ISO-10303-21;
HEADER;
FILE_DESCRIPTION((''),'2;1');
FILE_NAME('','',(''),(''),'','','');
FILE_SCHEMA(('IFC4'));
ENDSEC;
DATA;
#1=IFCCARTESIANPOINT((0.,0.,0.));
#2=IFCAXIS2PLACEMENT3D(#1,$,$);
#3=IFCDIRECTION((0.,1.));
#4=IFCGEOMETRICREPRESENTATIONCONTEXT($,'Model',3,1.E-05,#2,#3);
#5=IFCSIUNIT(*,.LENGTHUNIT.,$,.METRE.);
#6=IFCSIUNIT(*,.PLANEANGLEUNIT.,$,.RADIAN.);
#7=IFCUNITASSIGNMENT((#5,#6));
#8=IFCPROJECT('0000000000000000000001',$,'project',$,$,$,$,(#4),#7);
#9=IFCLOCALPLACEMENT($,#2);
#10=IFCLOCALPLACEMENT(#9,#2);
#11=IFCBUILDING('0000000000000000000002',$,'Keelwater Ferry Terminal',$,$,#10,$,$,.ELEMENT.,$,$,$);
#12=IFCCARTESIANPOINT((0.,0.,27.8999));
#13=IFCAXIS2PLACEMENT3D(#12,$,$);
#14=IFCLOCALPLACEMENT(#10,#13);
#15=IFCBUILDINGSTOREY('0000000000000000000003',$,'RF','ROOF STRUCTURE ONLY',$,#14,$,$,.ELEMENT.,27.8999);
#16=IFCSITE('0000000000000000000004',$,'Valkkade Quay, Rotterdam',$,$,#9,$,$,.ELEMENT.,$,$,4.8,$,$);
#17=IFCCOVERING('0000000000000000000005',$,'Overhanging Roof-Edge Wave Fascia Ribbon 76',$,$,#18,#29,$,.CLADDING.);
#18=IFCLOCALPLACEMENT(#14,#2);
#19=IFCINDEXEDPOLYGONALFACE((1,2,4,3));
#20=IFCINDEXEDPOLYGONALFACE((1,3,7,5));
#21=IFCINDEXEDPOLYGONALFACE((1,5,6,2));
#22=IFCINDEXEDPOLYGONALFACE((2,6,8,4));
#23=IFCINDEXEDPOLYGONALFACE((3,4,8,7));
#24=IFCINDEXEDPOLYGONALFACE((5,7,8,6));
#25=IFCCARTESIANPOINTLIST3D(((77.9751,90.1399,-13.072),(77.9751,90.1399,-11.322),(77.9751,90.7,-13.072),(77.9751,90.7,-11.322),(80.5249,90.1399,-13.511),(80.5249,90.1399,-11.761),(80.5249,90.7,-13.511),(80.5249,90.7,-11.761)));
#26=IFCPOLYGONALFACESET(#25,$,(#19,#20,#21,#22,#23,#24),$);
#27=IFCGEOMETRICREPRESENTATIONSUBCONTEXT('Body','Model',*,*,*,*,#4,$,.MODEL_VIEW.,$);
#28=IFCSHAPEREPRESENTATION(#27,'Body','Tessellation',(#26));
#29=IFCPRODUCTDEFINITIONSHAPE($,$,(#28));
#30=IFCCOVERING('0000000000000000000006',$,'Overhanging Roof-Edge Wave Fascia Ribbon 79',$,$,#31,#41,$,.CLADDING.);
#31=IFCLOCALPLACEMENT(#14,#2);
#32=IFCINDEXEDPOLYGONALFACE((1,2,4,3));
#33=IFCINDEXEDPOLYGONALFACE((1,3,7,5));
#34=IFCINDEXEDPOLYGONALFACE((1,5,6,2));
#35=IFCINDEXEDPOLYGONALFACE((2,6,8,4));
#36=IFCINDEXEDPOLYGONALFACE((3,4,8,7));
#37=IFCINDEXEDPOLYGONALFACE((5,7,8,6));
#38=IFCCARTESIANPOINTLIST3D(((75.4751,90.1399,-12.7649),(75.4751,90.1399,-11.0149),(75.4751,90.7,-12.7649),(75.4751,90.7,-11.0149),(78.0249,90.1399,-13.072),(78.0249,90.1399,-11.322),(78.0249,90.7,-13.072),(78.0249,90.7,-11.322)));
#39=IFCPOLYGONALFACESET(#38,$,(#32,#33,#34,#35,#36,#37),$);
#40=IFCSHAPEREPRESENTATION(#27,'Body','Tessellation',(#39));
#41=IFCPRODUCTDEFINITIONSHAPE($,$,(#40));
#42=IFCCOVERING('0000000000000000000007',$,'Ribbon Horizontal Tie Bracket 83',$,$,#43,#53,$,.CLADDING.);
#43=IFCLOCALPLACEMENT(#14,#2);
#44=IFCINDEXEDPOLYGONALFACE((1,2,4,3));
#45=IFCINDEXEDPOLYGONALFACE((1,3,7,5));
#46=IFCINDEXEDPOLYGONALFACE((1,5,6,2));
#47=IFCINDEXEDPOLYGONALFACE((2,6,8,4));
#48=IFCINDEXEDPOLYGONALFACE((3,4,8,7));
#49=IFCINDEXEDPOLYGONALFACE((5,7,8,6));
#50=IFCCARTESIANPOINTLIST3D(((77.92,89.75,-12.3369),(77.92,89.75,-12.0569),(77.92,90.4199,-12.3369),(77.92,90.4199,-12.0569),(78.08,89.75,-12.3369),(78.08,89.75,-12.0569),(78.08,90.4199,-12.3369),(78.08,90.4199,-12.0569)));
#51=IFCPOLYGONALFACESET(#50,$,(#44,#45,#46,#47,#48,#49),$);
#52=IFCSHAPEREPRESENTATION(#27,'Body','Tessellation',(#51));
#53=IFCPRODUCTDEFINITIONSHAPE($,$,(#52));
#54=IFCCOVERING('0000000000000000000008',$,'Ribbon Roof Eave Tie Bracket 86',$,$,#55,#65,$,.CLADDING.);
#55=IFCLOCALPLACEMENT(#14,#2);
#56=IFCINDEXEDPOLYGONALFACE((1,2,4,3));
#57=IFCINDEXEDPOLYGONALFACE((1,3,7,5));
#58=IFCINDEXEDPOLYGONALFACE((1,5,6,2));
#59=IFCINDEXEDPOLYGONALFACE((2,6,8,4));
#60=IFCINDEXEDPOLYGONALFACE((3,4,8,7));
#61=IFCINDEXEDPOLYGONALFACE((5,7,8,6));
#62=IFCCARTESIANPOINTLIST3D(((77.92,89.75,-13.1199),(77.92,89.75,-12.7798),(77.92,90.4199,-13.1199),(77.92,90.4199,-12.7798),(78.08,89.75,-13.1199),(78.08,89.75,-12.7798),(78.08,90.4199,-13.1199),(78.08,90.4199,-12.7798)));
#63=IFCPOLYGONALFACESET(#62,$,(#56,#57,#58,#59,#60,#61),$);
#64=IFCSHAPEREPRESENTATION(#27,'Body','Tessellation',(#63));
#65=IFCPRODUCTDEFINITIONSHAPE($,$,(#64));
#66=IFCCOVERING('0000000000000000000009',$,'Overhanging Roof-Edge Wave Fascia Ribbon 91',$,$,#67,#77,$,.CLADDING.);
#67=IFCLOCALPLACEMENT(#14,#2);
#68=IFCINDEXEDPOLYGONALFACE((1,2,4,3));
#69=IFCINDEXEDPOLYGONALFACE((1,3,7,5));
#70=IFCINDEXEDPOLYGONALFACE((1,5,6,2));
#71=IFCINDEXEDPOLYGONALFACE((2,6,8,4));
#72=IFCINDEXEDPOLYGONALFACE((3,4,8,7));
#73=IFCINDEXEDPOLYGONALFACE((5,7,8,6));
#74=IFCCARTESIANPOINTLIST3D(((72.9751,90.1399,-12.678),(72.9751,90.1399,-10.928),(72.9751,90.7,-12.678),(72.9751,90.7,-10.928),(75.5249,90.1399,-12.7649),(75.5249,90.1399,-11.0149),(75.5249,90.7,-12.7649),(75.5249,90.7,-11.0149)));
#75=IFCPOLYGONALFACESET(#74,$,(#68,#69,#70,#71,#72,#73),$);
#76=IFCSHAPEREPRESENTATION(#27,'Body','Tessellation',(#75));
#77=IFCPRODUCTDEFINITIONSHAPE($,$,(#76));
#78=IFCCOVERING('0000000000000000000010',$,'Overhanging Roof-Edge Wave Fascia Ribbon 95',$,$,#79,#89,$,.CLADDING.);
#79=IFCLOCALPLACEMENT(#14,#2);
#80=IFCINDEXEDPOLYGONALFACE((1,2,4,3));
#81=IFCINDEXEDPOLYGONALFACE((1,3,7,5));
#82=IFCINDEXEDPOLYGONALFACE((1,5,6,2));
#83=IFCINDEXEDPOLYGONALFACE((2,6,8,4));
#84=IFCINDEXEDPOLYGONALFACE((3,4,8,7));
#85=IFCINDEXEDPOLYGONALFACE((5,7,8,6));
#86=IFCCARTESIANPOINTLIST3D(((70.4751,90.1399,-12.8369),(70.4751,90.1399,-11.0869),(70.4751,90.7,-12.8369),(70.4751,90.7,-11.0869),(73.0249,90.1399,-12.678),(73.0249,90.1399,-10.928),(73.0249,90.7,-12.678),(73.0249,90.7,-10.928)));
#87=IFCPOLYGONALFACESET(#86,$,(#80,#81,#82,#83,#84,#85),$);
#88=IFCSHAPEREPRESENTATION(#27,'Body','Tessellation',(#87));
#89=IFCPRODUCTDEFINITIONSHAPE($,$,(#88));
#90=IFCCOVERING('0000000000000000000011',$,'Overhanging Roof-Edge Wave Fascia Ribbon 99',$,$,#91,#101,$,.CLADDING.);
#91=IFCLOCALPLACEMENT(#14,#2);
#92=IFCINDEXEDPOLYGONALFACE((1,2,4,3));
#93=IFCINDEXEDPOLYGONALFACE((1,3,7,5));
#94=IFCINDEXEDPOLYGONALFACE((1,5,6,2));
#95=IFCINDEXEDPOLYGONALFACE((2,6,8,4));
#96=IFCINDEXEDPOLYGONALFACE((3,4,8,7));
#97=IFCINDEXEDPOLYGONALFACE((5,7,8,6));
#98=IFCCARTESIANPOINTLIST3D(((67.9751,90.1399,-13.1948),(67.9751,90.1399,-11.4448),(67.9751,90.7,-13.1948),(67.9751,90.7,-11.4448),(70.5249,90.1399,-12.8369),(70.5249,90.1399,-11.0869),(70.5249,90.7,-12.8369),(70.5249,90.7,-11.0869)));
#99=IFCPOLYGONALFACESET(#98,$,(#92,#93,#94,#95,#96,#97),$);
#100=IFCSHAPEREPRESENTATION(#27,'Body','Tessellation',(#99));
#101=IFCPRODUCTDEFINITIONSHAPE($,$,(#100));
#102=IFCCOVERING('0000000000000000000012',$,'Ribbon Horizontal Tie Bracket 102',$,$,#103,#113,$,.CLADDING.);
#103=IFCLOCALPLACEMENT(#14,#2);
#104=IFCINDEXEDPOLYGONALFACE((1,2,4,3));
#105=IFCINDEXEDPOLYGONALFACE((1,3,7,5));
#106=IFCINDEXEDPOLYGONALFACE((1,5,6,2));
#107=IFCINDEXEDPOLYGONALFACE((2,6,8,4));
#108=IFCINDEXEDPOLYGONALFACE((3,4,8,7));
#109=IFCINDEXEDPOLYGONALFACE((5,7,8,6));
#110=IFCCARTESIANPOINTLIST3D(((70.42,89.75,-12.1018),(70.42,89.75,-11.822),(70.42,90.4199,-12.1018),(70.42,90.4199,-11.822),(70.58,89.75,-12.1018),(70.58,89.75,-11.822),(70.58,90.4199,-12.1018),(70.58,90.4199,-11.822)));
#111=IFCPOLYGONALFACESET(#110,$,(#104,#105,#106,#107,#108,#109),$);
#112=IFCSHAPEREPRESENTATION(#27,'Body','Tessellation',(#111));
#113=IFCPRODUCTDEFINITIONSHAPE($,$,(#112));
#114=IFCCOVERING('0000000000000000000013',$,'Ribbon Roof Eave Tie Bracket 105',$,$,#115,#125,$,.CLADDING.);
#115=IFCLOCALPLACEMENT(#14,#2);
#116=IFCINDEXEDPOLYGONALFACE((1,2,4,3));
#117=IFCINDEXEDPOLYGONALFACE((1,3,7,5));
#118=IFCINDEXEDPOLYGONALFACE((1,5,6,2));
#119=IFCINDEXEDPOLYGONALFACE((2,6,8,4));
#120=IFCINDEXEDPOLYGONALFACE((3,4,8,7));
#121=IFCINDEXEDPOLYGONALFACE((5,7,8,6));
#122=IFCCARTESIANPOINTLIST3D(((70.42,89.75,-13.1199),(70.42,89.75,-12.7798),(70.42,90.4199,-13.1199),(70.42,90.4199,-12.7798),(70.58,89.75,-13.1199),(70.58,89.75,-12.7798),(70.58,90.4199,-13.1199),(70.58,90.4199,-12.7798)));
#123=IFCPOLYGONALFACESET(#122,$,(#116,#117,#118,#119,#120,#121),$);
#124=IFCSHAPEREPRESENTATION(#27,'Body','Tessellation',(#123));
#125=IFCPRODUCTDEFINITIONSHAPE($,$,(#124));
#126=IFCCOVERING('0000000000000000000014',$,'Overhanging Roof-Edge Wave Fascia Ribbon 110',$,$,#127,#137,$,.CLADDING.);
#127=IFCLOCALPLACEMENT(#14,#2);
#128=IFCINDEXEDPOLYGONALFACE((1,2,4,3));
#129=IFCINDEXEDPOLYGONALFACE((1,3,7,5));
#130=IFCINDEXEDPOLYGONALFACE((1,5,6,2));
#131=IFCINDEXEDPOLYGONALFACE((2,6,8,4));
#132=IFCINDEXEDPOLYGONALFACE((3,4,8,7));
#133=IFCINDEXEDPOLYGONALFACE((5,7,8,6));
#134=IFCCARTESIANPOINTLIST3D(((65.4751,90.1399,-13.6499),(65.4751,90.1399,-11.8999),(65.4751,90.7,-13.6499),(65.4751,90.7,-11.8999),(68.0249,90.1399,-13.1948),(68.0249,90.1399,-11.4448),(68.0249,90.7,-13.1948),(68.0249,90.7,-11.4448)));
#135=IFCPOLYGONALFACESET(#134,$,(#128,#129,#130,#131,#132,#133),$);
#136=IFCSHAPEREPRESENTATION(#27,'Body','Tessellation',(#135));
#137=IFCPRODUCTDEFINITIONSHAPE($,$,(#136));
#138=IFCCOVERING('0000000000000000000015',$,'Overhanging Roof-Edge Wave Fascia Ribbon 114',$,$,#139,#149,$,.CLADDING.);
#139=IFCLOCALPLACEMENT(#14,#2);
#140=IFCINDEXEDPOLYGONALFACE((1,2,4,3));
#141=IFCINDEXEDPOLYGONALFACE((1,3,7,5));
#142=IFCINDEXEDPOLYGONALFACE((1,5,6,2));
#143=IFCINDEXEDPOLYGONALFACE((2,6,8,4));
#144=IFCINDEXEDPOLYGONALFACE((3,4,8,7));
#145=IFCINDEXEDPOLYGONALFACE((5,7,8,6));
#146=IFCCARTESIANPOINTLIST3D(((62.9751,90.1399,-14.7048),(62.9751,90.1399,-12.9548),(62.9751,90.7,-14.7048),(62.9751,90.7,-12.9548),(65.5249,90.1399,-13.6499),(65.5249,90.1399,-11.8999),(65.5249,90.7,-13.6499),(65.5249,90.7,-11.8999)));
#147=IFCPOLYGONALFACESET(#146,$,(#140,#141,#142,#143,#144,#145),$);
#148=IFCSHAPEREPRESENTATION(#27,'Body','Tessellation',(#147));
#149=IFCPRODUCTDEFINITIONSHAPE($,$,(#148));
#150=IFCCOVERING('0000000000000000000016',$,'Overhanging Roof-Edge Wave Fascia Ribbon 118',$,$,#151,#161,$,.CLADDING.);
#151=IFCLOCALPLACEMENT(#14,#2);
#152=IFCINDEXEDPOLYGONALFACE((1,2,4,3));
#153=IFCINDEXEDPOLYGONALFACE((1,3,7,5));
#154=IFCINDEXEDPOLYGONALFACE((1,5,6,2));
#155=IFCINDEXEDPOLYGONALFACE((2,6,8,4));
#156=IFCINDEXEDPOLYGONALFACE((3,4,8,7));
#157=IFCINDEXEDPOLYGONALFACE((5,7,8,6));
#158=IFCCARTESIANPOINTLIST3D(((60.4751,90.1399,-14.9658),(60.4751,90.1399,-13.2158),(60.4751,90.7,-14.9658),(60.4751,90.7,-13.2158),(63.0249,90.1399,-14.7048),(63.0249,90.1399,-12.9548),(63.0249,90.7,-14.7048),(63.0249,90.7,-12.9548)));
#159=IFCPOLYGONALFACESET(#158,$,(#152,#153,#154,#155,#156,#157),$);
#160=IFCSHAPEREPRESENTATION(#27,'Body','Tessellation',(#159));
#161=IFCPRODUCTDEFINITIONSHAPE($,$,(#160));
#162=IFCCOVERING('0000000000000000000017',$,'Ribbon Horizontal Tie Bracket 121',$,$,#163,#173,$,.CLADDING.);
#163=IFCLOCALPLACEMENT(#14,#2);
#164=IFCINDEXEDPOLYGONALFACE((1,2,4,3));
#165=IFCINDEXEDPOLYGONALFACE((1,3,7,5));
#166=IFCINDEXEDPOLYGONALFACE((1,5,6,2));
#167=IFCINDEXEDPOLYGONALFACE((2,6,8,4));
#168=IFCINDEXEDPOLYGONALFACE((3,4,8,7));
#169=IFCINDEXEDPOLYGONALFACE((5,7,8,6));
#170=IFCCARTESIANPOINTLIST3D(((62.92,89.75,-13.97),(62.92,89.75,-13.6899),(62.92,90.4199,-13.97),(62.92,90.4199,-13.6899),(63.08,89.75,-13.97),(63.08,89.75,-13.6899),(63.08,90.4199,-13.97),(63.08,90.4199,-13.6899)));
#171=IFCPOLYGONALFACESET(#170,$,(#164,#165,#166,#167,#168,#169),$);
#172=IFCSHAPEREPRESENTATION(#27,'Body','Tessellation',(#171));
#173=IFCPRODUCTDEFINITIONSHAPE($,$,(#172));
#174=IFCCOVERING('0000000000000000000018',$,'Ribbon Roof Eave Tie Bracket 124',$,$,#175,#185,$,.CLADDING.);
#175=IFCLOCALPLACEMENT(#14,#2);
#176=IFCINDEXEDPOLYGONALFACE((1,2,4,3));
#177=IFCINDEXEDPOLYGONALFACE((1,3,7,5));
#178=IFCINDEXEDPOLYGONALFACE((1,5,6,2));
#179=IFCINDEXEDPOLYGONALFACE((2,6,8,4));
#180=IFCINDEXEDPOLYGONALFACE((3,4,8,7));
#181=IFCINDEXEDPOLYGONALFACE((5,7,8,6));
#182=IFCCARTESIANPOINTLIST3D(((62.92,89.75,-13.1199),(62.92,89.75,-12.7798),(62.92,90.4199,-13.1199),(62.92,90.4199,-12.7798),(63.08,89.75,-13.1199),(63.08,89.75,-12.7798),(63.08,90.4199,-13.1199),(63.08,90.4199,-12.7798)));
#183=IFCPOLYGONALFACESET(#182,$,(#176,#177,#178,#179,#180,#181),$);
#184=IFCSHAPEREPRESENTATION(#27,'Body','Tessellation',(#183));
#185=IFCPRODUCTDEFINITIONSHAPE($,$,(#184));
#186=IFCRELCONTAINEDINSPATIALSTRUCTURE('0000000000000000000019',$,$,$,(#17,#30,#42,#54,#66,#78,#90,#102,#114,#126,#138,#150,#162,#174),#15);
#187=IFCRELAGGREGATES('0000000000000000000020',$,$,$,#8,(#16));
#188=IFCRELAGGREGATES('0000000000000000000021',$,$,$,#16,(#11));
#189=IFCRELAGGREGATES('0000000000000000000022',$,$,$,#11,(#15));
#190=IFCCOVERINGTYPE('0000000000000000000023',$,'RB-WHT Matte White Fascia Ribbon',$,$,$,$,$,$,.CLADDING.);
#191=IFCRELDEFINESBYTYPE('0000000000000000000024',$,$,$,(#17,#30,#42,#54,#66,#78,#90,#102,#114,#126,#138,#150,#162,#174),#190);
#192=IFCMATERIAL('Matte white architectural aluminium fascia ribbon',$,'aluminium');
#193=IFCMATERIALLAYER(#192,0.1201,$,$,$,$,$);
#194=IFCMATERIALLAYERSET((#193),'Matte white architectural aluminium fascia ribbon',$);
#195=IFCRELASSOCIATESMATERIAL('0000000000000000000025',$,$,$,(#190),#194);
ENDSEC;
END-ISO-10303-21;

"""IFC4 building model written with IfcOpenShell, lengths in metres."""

from ifc_helpers import new_model, si_unit, direction, frame, frame_2d, origin, place, context, subcontext, project, spatial, polyline, rectangle, outline, extrude, material, layer, layer_set, type_object, element, save


model = new_model("IFC4")

# Units and contexts
model_context = context("Model", 3, precision=1e-05, world=origin(), true_north=direction((0.0, 1.0)))
body_context = subcontext(model_context, "Body", "Model", "MODEL_VIEW")
ifc_project = project(units=[si_unit("LENGTHUNIT", "METRE"), si_unit("PLANEANGLEUNIT", "RADIAN")], contexts=[model_context])

# Site, building, storey
site_placement = place(None, origin())
site = spatial("IfcSite", under=ifc_project, at=site_placement, Name="Valkkade Quay, Rotterdam", CompositionType="ELEMENT", RefElevation=4.8)
building_placement = place(site_placement, origin())
building = spatial("IfcBuilding", under=site, at=building_placement, Name="Keelwater Ferry Terminal", CompositionType="ELEMENT")
storey_placement = place(building_placement, frame((0.0, 0.0, 27.8999)))
storey = spatial("IfcBuildingStorey", under=building, at=storey_placement, Name="RF", Description="ROOF STRUCTURE ONLY", CompositionType="ELEMENT", Elevation=27.8999)

# Coverings
ifc_material_1 = material(Name="Matte white architectural aluminium fascia ribbon", Category="aluminium")
ifc_layer_1 = layer(ifc_material_1, 0.1201)
ifc_layer_set_1 = layer_set([ifc_layer_1], Name="Matte white architectural aluminium fascia ribbon")
covering_type = type_object("IfcCoveringType", Name="RB-WHT Matte White Fascia Ribbon", PredefinedType="CLADDING", material=ifc_layer_set_1)
covering_1_placement = place(storey_placement, frame((80.5249, 90.4199, -13.511), z_axis=(0.0, 0.0, 1.0), x_axis=(-1.0, 0.0, 0.0)))
element("IfcCovering", 1, at=covering_1_placement, inside=storey, type_object=covering_type, Name="Overhanging Roof-Edge Wave Fascia Ribbon 76", PredefinedType="CLADDING", context=body_context, shape_type="SweptSolid", body=[
    extrude(outline(polyline([(0.0, 0.0), (2.5498, 0.439), (2.5498, 2.189), (0.0, 1.75), (0.0, 0.0)])), frame((0.0, 0.28, 0.0), z_axis=(0.0, -1.0, 0.0), x_axis=(1.0, 0.0, 0.0)), (0.0, 0.0, 1.0), 0.5601),
])
covering_2_placement = place(storey_placement, frame((78.0249, 90.4199, -13.072), z_axis=(0.0, 0.0, 1.0), x_axis=(-1.0, 0.0, 0.0)))
element("IfcCovering", 2, at=covering_2_placement, inside=storey, type_object=covering_type, Name="Overhanging Roof-Edge Wave Fascia Ribbon 79", PredefinedType="CLADDING", context=body_context, shape_type="SweptSolid", body=[
    extrude(outline(polyline([(0.0, 0.0), (2.5498, 0.3071), (2.5498, 2.0571), (0.0, 1.75), (0.0, 0.0)])), frame((0.0, 0.28, 0.0), z_axis=(0.0, -1.0, 0.0), x_axis=(1.0, 0.0, 0.0)), (0.0, 0.0, 1.0), 0.5601),
])
covering_3_placement = place(storey_placement, frame((78.0, 90.4199, -12.3369), z_axis=(0.0, 0.0, 1.0), x_axis=(0.0, -1.0, 0.0)))
element("IfcCovering", 3, at=covering_3_placement, inside=storey, type_object=covering_type, Name="Ribbon Horizontal Tie Bracket 83", PredefinedType="CLADDING", context=body_context, shape_type="SweptSolid", body=[
    extrude(rectangle(XDim=0.6699, YDim=0.1599, at=frame_2d((0.335, 0.0))), origin(), (0.0, 0.0, 1.0), 0.28),
])
covering_4_placement = place(storey_placement, frame((78.0, 90.4199, -13.1199), z_axis=(0.0, 0.0, 1.0), x_axis=(0.0, -1.0, 0.0)))
element("IfcCovering", 4, at=covering_4_placement, inside=storey, type_object=covering_type, Name="Ribbon Roof Eave Tie Bracket 86", PredefinedType="CLADDING", context=body_context, shape_type="SweptSolid", body=[
    extrude(rectangle(XDim=0.6699, YDim=0.1599, at=frame_2d((0.335, 0.0))), origin(), (0.0, 0.0, 1.0), 0.3401),
])
covering_5_placement = place(storey_placement, frame((75.5249, 90.4199, -12.7649), z_axis=(0.0, 0.0, 1.0), x_axis=(-1.0, 0.0, 0.0)))
element("IfcCovering", 5, at=covering_5_placement, inside=storey, type_object=covering_type, Name="Overhanging Roof-Edge Wave Fascia Ribbon 91", PredefinedType="CLADDING", context=body_context, shape_type="SweptSolid", body=[
    extrude(outline(polyline([(0.0, 0.0), (2.5498, 0.0869), (2.5498, 1.8369), (0.0, 1.75), (0.0, 0.0)])), frame((0.0, 0.28, 0.0), z_axis=(0.0, -1.0, 0.0), x_axis=(1.0, 0.0, 0.0)), (0.0, 0.0, 1.0), 0.5601),
])
covering_6_placement = place(storey_placement, frame((73.0249, 90.4199, -12.8369), z_axis=(0.0, 0.0, 1.0), x_axis=(-1.0, 0.0, 0.0)))
element("IfcCovering", 6, at=covering_6_placement, inside=storey, type_object=covering_type, Name="Overhanging Roof-Edge Wave Fascia Ribbon 95", PredefinedType="CLADDING", context=body_context, shape_type="SweptSolid", body=[
    extrude(outline(polyline([(0.0, 0.1589), (2.5498, 0.0), (2.5498, 1.75), (0.0, 1.9089), (0.0, 0.1589)])), frame((0.0, 0.28, 0.0), z_axis=(0.0, -1.0, 0.0), x_axis=(1.0, 0.0, 0.0)), (0.0, 0.0, 1.0), 0.5601),
])
covering_7_placement = place(storey_placement, frame((70.5249, 90.4199, -13.1948), z_axis=(0.0, 0.0, 1.0), x_axis=(-1.0, 0.0, 0.0)))
element("IfcCovering", 7, at=covering_7_placement, inside=storey, type_object=covering_type, Name="Overhanging Roof-Edge Wave Fascia Ribbon 99", PredefinedType="CLADDING", context=body_context, shape_type="SweptSolid", body=[
    extrude(outline(polyline([(0.0, 0.3579), (2.5498, 0.0), (2.5498, 1.75), (0.0, 2.1079), (0.0, 0.3579)])), frame((0.0, 0.28, 0.0), z_axis=(0.0, -1.0, 0.0), x_axis=(1.0, 0.0, 0.0)), (0.0, 0.0, 1.0), 0.5601),
])
covering_8_placement = place(storey_placement, frame((70.5, 90.4199, -12.1018), z_axis=(0.0, 0.0, 1.0), x_axis=(0.0, -1.0, 0.0)))
element("IfcCovering", 8, at=covering_8_placement, inside=storey, type_object=covering_type, Name="Ribbon Horizontal Tie Bracket 102", PredefinedType="CLADDING", context=body_context, shape_type="SweptSolid", body=[
    extrude(rectangle(XDim=0.6699, YDim=0.1599, at=frame_2d((0.335, 0.0))), origin(), (0.0, 0.0, 1.0), 0.2798),
])
covering_9_placement = place(storey_placement, frame((70.5, 90.4199, -13.1199), z_axis=(0.0, 0.0, 1.0), x_axis=(0.0, -1.0, 0.0)))
element("IfcCovering", 9, at=covering_9_placement, inside=storey, type_object=covering_type, Name="Ribbon Roof Eave Tie Bracket 105", PredefinedType="CLADDING", context=body_context, shape_type="SweptSolid", body=[
    extrude(rectangle(XDim=0.6699, YDim=0.1599, at=frame_2d((0.335, 0.0))), origin(), (0.0, 0.0, 1.0), 0.3401),
])
covering_10_placement = place(storey_placement, frame((68.0249, 90.4199, -13.6499), z_axis=(0.0, 0.0, 1.0), x_axis=(-1.0, 0.0, 0.0)))
element("IfcCovering", 10, at=covering_10_placement, inside=storey, type_object=covering_type, Name="Overhanging Roof-Edge Wave Fascia Ribbon 110", PredefinedType="CLADDING", context=body_context, shape_type="SweptSolid", body=[
    extrude(outline(polyline([(0.0, 0.4551), (2.5498, 0.0), (2.5498, 1.75), (0.0, 2.2051), (0.0, 0.4551)])), frame((0.0, 0.28, 0.0), z_axis=(0.0, -1.0, 0.0), x_axis=(1.0, 0.0, 0.0)), (0.0, 0.0, 1.0), 0.5601),
])
covering_11_placement = place(storey_placement, frame((65.5249, 90.4199, -14.7048), z_axis=(0.0, 0.0, 1.0), x_axis=(-1.0, 0.0, 0.0)))
element("IfcCovering", 11, at=covering_11_placement, inside=storey, type_object=covering_type, Name="Overhanging Roof-Edge Wave Fascia Ribbon 114", PredefinedType="CLADDING", context=body_context, shape_type="SweptSolid", body=[
    extrude(outline(polyline([(0.0, 1.0549), (2.5498, 0.0), (2.5498, 1.75), (0.0, 2.8049), (0.0, 1.0549)])), frame((0.0, 0.28, 0.0), z_axis=(0.0, -1.0, 0.0), x_axis=(1.0, 0.0, 0.0)), (0.0, 0.0, 1.0), 0.5601),
])
covering_12_placement = place(storey_placement, frame((63.0249, 90.4199, -14.9658), z_axis=(0.0, 0.0, 1.0), x_axis=(-1.0, 0.0, 0.0)))
element("IfcCovering", 12, at=covering_12_placement, inside=storey, type_object=covering_type, Name="Overhanging Roof-Edge Wave Fascia Ribbon 118", PredefinedType="CLADDING", context=body_context, shape_type="SweptSolid", body=[
    extrude(outline(polyline([(0.0, 0.261), (2.5498, 0.0), (2.5498, 1.75), (0.0, 2.011), (0.0, 0.261)])), frame((0.0, 0.28, 0.0), z_axis=(0.0, -1.0, 0.0), x_axis=(1.0, 0.0, 0.0)), (0.0, 0.0, 1.0), 0.5601),
])
covering_13_placement = place(storey_placement, frame((63.0, 90.4199, -13.97), z_axis=(0.0, 0.0, 1.0), x_axis=(0.0, -1.0, 0.0)))
element("IfcCovering", 13, at=covering_13_placement, inside=storey, type_object=covering_type, Name="Ribbon Horizontal Tie Bracket 121", PredefinedType="CLADDING", context=body_context, shape_type="SweptSolid", body=[
    extrude(rectangle(XDim=0.6699, YDim=0.1599, at=frame_2d((0.335, 0.0))), origin(), (0.0, 0.0, 1.0), 0.28),
])
covering_14_placement = place(storey_placement, frame((63.0, 90.4199, -13.1199), z_axis=(0.0, 0.0, 1.0), x_axis=(0.0, -1.0, 0.0)))
element("IfcCovering", 14, at=covering_14_placement, inside=storey, type_object=covering_type, Name="Ribbon Roof Eave Tie Bracket 124", PredefinedType="CLADDING", context=body_context, shape_type="SweptSolid", body=[
    extrude(rectangle(XDim=0.6699, YDim=0.1599, at=frame_2d((0.335, 0.0))), origin(), (0.0, 0.0, 1.0), 0.3401),
])

save(model, "model.ifc")
